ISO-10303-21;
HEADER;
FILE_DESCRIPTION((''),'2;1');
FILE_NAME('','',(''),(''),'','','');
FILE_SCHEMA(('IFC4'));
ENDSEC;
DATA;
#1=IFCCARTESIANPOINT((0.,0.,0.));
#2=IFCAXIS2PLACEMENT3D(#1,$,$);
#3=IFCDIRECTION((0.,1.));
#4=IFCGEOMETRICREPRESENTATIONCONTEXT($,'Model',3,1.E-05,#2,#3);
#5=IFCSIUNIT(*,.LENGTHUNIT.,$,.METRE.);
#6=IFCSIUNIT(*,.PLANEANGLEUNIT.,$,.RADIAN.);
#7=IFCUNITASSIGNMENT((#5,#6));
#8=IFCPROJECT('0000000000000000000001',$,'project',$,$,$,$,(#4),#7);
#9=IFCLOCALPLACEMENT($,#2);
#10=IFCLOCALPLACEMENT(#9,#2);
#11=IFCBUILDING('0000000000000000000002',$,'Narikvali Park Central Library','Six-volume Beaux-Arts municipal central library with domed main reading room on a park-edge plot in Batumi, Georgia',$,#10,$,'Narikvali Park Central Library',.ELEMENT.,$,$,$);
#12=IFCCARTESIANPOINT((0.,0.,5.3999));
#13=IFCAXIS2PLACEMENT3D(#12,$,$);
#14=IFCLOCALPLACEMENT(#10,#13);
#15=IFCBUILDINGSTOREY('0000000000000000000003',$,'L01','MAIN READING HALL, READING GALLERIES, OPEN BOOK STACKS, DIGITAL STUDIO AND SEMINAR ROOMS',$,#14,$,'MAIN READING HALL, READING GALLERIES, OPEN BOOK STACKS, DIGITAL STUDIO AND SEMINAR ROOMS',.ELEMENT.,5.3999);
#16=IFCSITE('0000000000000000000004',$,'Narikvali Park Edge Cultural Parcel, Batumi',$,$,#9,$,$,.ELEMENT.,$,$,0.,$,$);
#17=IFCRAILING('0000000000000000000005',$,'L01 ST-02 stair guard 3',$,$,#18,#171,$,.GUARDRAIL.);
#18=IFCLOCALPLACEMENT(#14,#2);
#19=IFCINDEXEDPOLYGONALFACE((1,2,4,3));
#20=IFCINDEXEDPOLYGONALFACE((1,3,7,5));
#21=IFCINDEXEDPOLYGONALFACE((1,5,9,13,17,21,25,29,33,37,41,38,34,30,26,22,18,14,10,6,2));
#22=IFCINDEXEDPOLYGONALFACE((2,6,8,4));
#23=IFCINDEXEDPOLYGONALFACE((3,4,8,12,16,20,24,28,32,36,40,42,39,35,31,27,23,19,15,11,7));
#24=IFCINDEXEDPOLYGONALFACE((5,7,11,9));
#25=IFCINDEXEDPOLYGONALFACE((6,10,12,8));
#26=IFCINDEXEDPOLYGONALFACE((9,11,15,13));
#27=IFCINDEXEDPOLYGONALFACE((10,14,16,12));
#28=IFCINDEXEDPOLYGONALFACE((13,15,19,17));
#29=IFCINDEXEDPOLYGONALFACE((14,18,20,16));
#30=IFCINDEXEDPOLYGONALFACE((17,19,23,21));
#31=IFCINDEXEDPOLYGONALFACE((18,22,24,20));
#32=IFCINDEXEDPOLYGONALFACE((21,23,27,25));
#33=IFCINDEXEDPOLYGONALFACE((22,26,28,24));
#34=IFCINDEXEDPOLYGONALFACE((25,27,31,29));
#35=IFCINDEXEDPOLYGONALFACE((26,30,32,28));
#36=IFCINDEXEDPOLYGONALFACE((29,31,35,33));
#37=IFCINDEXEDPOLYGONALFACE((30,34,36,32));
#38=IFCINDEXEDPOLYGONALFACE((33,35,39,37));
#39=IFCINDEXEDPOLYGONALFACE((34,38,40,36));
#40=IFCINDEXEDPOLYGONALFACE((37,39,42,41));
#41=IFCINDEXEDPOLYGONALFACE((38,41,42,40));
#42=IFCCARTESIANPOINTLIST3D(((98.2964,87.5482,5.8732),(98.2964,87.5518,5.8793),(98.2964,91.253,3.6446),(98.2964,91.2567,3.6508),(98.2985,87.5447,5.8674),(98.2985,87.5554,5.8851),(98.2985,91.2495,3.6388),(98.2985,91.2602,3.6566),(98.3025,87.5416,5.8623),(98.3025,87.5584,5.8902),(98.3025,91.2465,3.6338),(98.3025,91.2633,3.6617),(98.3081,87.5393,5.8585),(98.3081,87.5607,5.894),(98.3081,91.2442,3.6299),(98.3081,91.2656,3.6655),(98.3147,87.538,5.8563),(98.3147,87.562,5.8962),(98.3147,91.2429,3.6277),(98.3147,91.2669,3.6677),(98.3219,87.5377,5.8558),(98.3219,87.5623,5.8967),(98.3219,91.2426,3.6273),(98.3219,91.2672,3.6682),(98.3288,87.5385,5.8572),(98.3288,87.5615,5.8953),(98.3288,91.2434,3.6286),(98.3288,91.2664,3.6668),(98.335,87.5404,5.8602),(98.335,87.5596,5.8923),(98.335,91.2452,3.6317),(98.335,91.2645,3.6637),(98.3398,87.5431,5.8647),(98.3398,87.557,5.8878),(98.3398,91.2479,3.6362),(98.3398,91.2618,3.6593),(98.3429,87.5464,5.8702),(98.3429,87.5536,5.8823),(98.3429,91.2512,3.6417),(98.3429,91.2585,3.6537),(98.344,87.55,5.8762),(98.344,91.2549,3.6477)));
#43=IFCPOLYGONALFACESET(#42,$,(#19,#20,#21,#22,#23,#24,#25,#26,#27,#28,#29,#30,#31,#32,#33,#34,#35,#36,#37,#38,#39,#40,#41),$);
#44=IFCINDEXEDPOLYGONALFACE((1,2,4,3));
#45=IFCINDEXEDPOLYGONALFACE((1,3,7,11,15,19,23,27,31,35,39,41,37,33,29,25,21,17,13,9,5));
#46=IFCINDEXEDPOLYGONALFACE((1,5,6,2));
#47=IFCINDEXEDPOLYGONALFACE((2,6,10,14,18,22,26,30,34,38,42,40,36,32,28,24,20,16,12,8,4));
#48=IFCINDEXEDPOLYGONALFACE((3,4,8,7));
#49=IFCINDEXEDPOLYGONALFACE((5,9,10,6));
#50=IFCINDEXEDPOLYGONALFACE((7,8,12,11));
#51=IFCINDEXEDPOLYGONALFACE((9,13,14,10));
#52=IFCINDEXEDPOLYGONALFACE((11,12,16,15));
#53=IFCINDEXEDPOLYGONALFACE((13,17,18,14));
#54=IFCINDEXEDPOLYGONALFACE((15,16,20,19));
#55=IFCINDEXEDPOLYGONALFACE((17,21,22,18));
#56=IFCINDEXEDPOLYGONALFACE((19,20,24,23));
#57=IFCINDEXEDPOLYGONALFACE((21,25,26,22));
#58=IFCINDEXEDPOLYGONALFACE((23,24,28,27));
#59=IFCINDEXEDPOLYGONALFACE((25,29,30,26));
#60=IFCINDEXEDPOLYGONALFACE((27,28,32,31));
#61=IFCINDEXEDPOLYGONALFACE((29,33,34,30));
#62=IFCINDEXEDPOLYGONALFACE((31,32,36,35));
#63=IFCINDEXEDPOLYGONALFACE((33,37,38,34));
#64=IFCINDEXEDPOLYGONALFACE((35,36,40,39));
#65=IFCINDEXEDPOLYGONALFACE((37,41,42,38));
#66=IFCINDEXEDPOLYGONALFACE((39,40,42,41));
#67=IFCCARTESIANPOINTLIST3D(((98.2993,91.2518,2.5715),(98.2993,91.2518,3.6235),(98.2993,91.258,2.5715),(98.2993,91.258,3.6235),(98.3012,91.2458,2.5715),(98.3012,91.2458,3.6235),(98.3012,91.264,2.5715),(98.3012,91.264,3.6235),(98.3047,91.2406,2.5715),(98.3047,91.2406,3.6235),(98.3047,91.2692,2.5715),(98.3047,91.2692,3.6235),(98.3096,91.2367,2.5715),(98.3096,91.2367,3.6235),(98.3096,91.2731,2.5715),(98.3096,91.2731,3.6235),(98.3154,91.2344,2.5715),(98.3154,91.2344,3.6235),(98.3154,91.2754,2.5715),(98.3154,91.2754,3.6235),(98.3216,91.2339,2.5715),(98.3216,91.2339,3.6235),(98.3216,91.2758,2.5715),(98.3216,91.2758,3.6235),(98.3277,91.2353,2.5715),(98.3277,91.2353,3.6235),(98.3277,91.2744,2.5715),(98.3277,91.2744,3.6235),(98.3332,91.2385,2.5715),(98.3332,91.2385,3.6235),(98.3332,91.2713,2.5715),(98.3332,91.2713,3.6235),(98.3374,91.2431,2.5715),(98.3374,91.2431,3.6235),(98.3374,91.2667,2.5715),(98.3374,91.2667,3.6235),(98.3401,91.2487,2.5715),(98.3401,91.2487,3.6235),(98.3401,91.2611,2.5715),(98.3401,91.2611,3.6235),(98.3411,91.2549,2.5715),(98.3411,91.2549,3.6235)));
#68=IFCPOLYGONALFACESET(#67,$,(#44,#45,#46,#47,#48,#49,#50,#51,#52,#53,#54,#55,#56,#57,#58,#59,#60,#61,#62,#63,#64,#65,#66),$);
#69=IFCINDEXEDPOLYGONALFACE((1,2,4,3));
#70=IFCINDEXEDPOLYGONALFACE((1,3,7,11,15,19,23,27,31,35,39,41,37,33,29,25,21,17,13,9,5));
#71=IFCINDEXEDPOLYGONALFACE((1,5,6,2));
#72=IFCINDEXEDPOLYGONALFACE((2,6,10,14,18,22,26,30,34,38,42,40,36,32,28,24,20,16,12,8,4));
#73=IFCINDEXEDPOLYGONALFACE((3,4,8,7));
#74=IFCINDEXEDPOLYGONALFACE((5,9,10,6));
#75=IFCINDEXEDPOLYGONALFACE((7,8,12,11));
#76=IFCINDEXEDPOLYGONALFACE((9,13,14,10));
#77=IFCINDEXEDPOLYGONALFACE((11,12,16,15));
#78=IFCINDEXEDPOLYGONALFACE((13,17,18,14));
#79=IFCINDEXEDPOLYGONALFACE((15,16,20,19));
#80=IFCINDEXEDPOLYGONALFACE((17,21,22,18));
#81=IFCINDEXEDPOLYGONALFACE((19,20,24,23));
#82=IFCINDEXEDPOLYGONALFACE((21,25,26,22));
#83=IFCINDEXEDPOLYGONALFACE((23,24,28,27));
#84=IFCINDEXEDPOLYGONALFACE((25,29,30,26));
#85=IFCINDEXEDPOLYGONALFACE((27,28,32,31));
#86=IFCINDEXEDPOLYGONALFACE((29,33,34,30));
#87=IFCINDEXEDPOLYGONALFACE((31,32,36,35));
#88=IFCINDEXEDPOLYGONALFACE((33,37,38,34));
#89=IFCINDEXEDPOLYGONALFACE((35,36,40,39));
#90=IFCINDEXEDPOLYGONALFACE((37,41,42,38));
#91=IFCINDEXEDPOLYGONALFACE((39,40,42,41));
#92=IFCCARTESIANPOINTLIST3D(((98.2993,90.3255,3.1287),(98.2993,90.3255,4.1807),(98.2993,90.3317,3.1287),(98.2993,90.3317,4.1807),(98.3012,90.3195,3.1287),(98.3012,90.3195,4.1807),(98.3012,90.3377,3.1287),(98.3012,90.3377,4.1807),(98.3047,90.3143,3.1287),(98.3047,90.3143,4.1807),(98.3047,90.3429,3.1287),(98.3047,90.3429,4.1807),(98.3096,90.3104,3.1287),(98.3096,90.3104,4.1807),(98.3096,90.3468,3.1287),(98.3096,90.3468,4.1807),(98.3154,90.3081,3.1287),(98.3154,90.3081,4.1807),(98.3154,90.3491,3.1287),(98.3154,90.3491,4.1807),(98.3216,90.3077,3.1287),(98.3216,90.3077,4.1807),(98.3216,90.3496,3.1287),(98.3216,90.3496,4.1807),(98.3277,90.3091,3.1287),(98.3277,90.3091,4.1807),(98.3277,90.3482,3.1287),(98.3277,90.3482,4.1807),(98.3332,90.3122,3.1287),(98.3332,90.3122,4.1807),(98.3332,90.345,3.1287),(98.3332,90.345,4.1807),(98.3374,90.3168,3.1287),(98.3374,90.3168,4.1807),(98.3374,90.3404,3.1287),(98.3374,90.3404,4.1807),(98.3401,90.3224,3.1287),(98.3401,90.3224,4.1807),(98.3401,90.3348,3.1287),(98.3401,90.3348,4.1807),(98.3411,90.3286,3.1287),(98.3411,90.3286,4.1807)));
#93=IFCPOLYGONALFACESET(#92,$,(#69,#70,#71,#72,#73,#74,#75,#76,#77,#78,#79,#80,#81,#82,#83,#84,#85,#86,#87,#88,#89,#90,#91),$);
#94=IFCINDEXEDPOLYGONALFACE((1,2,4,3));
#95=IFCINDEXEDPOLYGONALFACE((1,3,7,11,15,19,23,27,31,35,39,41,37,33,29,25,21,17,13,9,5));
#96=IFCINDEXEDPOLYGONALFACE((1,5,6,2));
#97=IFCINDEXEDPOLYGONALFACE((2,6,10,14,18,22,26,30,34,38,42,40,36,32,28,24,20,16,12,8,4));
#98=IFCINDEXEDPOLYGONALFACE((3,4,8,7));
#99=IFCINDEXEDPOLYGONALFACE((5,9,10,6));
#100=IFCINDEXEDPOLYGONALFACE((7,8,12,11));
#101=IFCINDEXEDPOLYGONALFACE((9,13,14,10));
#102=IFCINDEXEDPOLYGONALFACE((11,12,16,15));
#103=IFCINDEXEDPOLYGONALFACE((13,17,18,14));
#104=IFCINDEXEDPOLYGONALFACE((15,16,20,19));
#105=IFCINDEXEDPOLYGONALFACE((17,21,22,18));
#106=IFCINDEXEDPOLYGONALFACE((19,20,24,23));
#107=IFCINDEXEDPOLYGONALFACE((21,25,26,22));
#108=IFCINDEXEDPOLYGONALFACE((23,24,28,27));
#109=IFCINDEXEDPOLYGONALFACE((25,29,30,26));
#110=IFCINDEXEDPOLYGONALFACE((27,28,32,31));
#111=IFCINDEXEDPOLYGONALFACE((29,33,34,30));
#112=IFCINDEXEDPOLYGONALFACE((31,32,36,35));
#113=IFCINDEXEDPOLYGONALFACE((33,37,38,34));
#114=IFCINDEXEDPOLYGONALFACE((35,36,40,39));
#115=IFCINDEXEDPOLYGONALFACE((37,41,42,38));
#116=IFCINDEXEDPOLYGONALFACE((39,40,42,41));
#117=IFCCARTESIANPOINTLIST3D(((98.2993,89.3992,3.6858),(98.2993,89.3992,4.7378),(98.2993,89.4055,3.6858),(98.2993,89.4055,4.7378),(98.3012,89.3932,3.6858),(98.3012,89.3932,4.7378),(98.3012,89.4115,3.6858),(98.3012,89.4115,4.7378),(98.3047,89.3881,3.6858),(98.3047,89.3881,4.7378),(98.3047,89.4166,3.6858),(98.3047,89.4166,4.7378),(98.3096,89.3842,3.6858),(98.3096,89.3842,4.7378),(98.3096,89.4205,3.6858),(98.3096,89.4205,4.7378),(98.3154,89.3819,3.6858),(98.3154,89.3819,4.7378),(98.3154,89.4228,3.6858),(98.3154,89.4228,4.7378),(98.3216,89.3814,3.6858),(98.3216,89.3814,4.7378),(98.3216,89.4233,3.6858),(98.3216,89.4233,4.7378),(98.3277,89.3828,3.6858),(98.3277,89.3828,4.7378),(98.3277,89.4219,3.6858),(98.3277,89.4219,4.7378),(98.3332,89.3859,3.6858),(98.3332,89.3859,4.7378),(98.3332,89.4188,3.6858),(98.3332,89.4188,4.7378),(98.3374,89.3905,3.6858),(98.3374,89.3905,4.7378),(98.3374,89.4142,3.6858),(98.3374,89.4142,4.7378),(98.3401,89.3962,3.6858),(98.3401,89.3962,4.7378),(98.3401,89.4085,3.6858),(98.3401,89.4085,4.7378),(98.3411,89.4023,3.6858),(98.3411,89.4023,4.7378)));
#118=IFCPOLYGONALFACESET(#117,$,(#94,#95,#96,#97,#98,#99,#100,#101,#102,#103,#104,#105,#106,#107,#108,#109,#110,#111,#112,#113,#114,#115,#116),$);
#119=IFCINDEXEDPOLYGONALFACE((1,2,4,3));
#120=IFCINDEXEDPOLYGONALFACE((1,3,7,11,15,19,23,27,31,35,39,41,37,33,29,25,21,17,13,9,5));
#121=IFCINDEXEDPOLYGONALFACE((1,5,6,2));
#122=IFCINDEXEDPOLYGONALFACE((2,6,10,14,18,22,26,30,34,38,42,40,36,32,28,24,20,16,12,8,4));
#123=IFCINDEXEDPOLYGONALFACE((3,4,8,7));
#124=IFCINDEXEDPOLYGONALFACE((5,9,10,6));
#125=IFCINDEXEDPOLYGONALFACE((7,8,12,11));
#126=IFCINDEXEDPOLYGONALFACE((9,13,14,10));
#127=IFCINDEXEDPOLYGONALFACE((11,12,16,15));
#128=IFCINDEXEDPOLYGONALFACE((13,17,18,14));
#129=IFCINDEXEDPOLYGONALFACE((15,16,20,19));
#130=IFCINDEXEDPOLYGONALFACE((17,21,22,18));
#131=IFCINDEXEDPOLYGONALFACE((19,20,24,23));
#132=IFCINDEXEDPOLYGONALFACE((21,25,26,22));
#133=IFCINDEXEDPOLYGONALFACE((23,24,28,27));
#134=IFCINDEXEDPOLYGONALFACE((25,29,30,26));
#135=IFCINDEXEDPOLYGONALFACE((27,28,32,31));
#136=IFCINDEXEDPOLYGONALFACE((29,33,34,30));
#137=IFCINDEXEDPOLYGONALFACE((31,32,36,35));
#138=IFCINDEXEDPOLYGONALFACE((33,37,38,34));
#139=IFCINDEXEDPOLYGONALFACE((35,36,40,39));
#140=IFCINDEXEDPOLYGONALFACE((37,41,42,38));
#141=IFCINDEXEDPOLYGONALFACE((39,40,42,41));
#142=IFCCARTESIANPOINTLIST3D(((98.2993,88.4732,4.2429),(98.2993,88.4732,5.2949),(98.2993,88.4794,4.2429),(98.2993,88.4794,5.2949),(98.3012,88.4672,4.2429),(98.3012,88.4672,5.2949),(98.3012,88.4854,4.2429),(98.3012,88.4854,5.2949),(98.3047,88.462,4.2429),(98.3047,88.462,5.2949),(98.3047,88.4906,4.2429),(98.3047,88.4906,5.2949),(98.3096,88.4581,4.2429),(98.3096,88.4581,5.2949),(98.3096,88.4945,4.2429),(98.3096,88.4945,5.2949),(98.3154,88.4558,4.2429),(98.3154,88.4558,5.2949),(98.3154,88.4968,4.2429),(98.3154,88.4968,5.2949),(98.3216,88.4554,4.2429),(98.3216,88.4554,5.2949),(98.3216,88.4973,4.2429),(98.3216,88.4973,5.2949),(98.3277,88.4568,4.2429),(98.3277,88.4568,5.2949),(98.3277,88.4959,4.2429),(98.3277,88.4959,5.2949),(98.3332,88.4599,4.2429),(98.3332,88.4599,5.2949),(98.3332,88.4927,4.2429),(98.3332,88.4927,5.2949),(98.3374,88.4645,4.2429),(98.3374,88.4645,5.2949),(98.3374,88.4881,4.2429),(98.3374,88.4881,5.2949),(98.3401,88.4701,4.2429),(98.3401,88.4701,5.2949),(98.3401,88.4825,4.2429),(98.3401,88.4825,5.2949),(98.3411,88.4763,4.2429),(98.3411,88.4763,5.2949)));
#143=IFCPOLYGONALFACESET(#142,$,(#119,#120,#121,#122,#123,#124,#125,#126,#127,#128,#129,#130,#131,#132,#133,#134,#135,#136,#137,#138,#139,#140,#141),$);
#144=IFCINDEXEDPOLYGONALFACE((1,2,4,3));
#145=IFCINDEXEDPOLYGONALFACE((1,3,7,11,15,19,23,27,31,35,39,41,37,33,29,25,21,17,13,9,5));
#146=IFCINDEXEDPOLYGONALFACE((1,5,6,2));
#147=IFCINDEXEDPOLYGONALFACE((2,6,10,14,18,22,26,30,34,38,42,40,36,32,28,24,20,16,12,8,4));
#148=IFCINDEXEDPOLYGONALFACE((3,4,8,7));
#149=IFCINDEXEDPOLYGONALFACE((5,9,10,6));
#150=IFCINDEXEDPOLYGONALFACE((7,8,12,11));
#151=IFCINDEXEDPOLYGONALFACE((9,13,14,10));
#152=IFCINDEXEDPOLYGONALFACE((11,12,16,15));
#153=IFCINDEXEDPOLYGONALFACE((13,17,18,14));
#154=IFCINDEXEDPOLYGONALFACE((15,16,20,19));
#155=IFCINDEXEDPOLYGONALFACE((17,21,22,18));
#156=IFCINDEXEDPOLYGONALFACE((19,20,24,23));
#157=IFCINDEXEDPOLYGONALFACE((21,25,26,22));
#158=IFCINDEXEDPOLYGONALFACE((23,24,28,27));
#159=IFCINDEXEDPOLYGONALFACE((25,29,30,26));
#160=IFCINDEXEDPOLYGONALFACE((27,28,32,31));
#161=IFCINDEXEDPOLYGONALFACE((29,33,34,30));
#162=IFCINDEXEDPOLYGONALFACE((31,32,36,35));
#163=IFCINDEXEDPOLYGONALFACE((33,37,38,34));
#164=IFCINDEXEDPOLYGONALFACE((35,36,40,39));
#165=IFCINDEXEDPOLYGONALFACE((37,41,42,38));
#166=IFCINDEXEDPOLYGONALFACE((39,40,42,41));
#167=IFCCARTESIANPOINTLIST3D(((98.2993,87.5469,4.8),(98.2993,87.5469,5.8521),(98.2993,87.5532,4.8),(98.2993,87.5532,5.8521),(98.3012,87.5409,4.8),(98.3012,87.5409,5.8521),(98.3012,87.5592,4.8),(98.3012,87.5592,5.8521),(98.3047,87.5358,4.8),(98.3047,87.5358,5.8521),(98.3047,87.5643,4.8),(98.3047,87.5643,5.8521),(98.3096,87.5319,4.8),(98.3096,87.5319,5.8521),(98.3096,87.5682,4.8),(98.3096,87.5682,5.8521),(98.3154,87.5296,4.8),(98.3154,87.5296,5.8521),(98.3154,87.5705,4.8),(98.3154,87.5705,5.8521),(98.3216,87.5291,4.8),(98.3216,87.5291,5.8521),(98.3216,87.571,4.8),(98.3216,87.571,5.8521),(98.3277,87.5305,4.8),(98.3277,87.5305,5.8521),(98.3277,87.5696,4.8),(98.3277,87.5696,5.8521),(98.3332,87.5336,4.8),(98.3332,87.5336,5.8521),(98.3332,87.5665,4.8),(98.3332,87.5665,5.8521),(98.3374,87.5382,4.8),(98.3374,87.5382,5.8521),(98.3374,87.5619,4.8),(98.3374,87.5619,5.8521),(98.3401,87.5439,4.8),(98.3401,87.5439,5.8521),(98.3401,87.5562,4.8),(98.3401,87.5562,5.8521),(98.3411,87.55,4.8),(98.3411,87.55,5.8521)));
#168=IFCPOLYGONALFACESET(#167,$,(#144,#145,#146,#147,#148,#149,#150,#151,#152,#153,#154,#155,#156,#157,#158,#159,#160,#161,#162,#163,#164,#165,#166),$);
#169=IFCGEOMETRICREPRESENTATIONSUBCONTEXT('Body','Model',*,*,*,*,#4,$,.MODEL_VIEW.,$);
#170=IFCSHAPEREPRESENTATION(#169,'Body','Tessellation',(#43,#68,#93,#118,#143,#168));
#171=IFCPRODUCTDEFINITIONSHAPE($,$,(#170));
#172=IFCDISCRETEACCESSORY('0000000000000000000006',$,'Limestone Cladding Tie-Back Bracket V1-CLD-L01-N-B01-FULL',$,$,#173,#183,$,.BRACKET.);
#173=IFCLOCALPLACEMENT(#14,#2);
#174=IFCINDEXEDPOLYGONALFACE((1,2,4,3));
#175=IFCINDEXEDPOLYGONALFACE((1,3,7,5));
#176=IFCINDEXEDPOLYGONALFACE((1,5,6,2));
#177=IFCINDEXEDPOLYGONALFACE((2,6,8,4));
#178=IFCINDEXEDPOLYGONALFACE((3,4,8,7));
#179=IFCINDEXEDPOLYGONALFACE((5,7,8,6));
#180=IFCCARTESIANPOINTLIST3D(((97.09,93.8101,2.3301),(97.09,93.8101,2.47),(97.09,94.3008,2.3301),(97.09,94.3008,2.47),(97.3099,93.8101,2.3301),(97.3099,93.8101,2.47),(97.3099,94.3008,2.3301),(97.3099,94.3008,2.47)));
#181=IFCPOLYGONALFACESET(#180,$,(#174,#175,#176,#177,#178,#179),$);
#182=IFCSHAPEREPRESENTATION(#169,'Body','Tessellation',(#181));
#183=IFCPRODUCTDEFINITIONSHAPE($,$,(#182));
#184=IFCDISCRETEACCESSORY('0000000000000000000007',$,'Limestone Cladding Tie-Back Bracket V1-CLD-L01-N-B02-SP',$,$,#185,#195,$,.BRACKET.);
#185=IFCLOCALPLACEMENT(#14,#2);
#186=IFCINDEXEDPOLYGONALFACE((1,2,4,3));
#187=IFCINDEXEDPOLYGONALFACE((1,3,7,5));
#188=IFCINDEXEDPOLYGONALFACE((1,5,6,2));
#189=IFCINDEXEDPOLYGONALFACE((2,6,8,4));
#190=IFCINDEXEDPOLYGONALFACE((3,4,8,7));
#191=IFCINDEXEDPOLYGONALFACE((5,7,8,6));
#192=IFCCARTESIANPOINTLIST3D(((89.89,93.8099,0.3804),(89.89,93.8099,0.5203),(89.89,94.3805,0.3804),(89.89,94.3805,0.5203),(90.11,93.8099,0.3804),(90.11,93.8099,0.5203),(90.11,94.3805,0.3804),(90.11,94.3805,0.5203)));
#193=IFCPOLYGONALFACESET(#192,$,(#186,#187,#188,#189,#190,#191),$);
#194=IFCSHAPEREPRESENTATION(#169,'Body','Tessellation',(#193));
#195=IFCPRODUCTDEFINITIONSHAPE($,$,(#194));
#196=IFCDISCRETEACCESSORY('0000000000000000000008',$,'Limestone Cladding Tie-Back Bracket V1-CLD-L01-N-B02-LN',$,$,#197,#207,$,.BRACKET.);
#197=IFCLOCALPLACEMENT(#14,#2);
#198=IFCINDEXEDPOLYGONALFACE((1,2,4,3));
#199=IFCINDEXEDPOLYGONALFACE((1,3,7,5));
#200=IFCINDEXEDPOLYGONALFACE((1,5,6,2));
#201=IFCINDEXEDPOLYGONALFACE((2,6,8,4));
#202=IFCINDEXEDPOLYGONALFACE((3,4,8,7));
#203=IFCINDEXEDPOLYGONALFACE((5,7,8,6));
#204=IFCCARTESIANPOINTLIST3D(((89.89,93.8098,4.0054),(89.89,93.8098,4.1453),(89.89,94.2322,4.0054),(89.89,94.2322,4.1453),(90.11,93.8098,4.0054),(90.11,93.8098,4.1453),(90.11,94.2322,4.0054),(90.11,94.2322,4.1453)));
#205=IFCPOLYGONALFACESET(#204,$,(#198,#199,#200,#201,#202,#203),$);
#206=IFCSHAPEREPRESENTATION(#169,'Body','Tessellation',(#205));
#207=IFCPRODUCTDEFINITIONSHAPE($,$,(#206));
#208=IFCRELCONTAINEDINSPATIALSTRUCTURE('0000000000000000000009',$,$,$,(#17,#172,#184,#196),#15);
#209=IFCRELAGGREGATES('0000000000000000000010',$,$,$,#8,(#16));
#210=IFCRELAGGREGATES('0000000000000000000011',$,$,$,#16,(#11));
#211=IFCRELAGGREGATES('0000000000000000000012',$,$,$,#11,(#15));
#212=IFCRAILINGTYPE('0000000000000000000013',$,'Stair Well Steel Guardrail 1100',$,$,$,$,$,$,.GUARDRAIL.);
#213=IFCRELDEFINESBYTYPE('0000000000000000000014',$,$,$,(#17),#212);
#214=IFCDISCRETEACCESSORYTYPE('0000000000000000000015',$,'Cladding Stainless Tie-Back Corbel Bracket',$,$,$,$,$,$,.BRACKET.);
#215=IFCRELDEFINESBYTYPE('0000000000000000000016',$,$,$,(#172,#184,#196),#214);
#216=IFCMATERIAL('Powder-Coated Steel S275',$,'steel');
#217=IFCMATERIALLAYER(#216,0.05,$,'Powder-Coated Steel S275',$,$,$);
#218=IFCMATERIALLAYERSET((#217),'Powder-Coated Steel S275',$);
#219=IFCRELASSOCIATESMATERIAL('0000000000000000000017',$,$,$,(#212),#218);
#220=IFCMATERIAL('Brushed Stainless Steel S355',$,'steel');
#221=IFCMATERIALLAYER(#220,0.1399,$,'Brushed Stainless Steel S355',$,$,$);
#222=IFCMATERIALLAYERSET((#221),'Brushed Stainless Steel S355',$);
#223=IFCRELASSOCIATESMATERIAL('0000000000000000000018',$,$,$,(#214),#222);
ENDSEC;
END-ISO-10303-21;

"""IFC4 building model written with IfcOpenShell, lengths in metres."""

from ifc_helpers import new_model, si_unit, direction, frame, origin, origin_2d, place, context, subcontext, project, spatial, rectangle, circle, extrude, material, layer, layer_set, type_object, element, save


model = new_model("IFC4")

# Units and contexts
model_context = context("Model", 3, precision=1e-05, world=origin(), true_north=direction((0.0, 1.0)))
body_context = subcontext(model_context, "Body", "Model", "MODEL_VIEW")
ifc_project = project(units=[si_unit("LENGTHUNIT", "METRE"), si_unit("PLANEANGLEUNIT", "RADIAN")], contexts=[model_context])

# Site, building, storey
site_placement = place(None, origin())
site = spatial("IfcSite", under=ifc_project, at=site_placement, Name="Narikvali Park Edge Cultural Parcel, Batumi", CompositionType="ELEMENT", RefElevation=0.0)
building_placement = place(site_placement, origin())
building = spatial("IfcBuilding", under=site, at=building_placement, Name="Narikvali Park Central Library", Description="Six-volume Beaux-Arts municipal central library with domed main reading room on a park-edge plot in Batumi, Georgia", LongName="Narikvali Park Central Library", CompositionType="ELEMENT")
storey_placement = place(building_placement, frame((0.0, 0.0, 5.3999)))
storey = spatial("IfcBuildingStorey", under=building, at=storey_placement, Name="L01", Description="MAIN READING HALL, READING GALLERIES, OPEN BOOK STACKS, DIGITAL STUDIO AND SEMINAR ROOMS", LongName="MAIN READING HALL, READING GALLERIES, OPEN BOOK STACKS, DIGITAL STUDIO AND SEMINAR ROOMS", CompositionType="ELEMENT", Elevation=5.3999)

# Railing
ifc_material_1 = material(Name="Powder-Coated Steel S275", Category="steel")
ifc_layer_1 = layer(ifc_material_1, 0.05, Name="Powder-Coated Steel S275")
ifc_layer_set_1 = layer_set([ifc_layer_1], Name="Powder-Coated Steel S275")
railing_type = type_object("IfcRailingType", Name="Stair Well Steel Guardrail 1100", PredefinedType="GUARDRAIL", material=ifc_layer_set_1)
railing_1_placement = place(storey_placement, frame((98.3201, 91.2549, 2.5715)))
element("IfcRailing", 1, at=railing_1_placement, inside=storey, type_object=railing_type, Name="L01 ST-02 stair guard 3", PredefinedType="GUARDRAIL", context=body_context, shape_type="SweptSolid", body=[
    extrude(circle(Radius=0.0239, at=origin_2d()), frame((0.0, 0.0, 1.0762), z_axis=(0.0, -0.856919, 0.51545), x_axis=(1.0, 0.0, 0.0)), (0.0, 0.0, 1.0), 4.3235),
    extrude(circle(Radius=0.021, at=origin_2d()), origin(), (0.0, 0.0, 1.0), 1.052),
    extrude(circle(Radius=0.021, at=origin_2d()), frame((0.0, -0.9263, 0.5571)), (0.0, 0.0, 1.0), 1.052),
    extrude(circle(Radius=0.021, at=origin_2d()), frame((0.0, -1.8525, 1.1143)), (0.0, 0.0, 1.0), 1.052),
    extrude(circle(Radius=0.021, at=origin_2d()), frame((0.0, -2.7786, 1.6714)), (0.0, 0.0, 1.0), 1.052),
    extrude(circle(Radius=0.021, at=origin_2d()), frame((0.0, -3.7048, 2.2285)), (0.0, 0.0, 1.0), 1.052),
])

# Discrete accessories
ifc_material_2 = material(Name="Brushed Stainless Steel S355", Category="steel")
ifc_layer_2 = layer(ifc_material_2, 0.1399, Name="Brushed Stainless Steel S355")
ifc_layer_set_2 = layer_set([ifc_layer_2], Name="Brushed Stainless Steel S355")
discrete_accessory_type = type_object("IfcDiscreteAccessoryType", Name="Cladding Stainless Tie-Back Corbel Bracket", PredefinedType="BRACKET", material=ifc_layer_set_2)
discrete_accessory_1_placement = place(storey_placement, frame((97.2, 94.0554, 2.3301), z_axis=(0.0, 0.0, 1.0), x_axis=(1.0, 0.0, 0.0)))
element("IfcDiscreteAccessory", 2, at=discrete_accessory_1_placement, inside=storey, type_object=discrete_accessory_type, Name="Limestone Cladding Tie-Back Bracket V1-CLD-L01-N-B01-FULL", PredefinedType="BRACKET", context=body_context, shape_type="SweptSolid", body=[
    extrude(rectangle(XDim=0.22, YDim=0.4907, at=origin_2d()), origin(), (0.0, 0.0, 1.0), 0.1399),
])
discrete_accessory_2_placement = place(storey_placement, frame((90.0, 94.0952, 0.3804), z_axis=(0.0, 0.0, 1.0), x_axis=(1.0, 0.0, 0.0)))
element("IfcDiscreteAccessory", 3, at=discrete_accessory_2_placement, inside=storey, type_object=discrete_accessory_type, Name="Limestone Cladding Tie-Back Bracket V1-CLD-L01-N-B02-SP", PredefinedType="BRACKET", context=body_context, shape_type="SweptSolid", body=[
    extrude(rectangle(XDim=0.22, YDim=0.5706, at=origin_2d()), origin(), (0.0, 0.0, 1.0), 0.1399),
])
discrete_accessory_3_placement = place(storey_placement, frame((90.0, 94.021, 4.0054), z_axis=(0.0, 0.0, 1.0), x_axis=(1.0, 0.0, 0.0)))
element("IfcDiscreteAccessory", 4, at=discrete_accessory_3_placement, inside=storey, type_object=discrete_accessory_type, Name="Limestone Cladding Tie-Back Bracket V1-CLD-L01-N-B02-LN", PredefinedType="BRACKET", context=body_context, shape_type="SweptSolid", body=[
    extrude(rectangle(XDim=0.22, YDim=0.4224, at=origin_2d()), origin(), (0.0, 0.0, 1.0), 0.1399),
])

save(model, "model.ifc")
